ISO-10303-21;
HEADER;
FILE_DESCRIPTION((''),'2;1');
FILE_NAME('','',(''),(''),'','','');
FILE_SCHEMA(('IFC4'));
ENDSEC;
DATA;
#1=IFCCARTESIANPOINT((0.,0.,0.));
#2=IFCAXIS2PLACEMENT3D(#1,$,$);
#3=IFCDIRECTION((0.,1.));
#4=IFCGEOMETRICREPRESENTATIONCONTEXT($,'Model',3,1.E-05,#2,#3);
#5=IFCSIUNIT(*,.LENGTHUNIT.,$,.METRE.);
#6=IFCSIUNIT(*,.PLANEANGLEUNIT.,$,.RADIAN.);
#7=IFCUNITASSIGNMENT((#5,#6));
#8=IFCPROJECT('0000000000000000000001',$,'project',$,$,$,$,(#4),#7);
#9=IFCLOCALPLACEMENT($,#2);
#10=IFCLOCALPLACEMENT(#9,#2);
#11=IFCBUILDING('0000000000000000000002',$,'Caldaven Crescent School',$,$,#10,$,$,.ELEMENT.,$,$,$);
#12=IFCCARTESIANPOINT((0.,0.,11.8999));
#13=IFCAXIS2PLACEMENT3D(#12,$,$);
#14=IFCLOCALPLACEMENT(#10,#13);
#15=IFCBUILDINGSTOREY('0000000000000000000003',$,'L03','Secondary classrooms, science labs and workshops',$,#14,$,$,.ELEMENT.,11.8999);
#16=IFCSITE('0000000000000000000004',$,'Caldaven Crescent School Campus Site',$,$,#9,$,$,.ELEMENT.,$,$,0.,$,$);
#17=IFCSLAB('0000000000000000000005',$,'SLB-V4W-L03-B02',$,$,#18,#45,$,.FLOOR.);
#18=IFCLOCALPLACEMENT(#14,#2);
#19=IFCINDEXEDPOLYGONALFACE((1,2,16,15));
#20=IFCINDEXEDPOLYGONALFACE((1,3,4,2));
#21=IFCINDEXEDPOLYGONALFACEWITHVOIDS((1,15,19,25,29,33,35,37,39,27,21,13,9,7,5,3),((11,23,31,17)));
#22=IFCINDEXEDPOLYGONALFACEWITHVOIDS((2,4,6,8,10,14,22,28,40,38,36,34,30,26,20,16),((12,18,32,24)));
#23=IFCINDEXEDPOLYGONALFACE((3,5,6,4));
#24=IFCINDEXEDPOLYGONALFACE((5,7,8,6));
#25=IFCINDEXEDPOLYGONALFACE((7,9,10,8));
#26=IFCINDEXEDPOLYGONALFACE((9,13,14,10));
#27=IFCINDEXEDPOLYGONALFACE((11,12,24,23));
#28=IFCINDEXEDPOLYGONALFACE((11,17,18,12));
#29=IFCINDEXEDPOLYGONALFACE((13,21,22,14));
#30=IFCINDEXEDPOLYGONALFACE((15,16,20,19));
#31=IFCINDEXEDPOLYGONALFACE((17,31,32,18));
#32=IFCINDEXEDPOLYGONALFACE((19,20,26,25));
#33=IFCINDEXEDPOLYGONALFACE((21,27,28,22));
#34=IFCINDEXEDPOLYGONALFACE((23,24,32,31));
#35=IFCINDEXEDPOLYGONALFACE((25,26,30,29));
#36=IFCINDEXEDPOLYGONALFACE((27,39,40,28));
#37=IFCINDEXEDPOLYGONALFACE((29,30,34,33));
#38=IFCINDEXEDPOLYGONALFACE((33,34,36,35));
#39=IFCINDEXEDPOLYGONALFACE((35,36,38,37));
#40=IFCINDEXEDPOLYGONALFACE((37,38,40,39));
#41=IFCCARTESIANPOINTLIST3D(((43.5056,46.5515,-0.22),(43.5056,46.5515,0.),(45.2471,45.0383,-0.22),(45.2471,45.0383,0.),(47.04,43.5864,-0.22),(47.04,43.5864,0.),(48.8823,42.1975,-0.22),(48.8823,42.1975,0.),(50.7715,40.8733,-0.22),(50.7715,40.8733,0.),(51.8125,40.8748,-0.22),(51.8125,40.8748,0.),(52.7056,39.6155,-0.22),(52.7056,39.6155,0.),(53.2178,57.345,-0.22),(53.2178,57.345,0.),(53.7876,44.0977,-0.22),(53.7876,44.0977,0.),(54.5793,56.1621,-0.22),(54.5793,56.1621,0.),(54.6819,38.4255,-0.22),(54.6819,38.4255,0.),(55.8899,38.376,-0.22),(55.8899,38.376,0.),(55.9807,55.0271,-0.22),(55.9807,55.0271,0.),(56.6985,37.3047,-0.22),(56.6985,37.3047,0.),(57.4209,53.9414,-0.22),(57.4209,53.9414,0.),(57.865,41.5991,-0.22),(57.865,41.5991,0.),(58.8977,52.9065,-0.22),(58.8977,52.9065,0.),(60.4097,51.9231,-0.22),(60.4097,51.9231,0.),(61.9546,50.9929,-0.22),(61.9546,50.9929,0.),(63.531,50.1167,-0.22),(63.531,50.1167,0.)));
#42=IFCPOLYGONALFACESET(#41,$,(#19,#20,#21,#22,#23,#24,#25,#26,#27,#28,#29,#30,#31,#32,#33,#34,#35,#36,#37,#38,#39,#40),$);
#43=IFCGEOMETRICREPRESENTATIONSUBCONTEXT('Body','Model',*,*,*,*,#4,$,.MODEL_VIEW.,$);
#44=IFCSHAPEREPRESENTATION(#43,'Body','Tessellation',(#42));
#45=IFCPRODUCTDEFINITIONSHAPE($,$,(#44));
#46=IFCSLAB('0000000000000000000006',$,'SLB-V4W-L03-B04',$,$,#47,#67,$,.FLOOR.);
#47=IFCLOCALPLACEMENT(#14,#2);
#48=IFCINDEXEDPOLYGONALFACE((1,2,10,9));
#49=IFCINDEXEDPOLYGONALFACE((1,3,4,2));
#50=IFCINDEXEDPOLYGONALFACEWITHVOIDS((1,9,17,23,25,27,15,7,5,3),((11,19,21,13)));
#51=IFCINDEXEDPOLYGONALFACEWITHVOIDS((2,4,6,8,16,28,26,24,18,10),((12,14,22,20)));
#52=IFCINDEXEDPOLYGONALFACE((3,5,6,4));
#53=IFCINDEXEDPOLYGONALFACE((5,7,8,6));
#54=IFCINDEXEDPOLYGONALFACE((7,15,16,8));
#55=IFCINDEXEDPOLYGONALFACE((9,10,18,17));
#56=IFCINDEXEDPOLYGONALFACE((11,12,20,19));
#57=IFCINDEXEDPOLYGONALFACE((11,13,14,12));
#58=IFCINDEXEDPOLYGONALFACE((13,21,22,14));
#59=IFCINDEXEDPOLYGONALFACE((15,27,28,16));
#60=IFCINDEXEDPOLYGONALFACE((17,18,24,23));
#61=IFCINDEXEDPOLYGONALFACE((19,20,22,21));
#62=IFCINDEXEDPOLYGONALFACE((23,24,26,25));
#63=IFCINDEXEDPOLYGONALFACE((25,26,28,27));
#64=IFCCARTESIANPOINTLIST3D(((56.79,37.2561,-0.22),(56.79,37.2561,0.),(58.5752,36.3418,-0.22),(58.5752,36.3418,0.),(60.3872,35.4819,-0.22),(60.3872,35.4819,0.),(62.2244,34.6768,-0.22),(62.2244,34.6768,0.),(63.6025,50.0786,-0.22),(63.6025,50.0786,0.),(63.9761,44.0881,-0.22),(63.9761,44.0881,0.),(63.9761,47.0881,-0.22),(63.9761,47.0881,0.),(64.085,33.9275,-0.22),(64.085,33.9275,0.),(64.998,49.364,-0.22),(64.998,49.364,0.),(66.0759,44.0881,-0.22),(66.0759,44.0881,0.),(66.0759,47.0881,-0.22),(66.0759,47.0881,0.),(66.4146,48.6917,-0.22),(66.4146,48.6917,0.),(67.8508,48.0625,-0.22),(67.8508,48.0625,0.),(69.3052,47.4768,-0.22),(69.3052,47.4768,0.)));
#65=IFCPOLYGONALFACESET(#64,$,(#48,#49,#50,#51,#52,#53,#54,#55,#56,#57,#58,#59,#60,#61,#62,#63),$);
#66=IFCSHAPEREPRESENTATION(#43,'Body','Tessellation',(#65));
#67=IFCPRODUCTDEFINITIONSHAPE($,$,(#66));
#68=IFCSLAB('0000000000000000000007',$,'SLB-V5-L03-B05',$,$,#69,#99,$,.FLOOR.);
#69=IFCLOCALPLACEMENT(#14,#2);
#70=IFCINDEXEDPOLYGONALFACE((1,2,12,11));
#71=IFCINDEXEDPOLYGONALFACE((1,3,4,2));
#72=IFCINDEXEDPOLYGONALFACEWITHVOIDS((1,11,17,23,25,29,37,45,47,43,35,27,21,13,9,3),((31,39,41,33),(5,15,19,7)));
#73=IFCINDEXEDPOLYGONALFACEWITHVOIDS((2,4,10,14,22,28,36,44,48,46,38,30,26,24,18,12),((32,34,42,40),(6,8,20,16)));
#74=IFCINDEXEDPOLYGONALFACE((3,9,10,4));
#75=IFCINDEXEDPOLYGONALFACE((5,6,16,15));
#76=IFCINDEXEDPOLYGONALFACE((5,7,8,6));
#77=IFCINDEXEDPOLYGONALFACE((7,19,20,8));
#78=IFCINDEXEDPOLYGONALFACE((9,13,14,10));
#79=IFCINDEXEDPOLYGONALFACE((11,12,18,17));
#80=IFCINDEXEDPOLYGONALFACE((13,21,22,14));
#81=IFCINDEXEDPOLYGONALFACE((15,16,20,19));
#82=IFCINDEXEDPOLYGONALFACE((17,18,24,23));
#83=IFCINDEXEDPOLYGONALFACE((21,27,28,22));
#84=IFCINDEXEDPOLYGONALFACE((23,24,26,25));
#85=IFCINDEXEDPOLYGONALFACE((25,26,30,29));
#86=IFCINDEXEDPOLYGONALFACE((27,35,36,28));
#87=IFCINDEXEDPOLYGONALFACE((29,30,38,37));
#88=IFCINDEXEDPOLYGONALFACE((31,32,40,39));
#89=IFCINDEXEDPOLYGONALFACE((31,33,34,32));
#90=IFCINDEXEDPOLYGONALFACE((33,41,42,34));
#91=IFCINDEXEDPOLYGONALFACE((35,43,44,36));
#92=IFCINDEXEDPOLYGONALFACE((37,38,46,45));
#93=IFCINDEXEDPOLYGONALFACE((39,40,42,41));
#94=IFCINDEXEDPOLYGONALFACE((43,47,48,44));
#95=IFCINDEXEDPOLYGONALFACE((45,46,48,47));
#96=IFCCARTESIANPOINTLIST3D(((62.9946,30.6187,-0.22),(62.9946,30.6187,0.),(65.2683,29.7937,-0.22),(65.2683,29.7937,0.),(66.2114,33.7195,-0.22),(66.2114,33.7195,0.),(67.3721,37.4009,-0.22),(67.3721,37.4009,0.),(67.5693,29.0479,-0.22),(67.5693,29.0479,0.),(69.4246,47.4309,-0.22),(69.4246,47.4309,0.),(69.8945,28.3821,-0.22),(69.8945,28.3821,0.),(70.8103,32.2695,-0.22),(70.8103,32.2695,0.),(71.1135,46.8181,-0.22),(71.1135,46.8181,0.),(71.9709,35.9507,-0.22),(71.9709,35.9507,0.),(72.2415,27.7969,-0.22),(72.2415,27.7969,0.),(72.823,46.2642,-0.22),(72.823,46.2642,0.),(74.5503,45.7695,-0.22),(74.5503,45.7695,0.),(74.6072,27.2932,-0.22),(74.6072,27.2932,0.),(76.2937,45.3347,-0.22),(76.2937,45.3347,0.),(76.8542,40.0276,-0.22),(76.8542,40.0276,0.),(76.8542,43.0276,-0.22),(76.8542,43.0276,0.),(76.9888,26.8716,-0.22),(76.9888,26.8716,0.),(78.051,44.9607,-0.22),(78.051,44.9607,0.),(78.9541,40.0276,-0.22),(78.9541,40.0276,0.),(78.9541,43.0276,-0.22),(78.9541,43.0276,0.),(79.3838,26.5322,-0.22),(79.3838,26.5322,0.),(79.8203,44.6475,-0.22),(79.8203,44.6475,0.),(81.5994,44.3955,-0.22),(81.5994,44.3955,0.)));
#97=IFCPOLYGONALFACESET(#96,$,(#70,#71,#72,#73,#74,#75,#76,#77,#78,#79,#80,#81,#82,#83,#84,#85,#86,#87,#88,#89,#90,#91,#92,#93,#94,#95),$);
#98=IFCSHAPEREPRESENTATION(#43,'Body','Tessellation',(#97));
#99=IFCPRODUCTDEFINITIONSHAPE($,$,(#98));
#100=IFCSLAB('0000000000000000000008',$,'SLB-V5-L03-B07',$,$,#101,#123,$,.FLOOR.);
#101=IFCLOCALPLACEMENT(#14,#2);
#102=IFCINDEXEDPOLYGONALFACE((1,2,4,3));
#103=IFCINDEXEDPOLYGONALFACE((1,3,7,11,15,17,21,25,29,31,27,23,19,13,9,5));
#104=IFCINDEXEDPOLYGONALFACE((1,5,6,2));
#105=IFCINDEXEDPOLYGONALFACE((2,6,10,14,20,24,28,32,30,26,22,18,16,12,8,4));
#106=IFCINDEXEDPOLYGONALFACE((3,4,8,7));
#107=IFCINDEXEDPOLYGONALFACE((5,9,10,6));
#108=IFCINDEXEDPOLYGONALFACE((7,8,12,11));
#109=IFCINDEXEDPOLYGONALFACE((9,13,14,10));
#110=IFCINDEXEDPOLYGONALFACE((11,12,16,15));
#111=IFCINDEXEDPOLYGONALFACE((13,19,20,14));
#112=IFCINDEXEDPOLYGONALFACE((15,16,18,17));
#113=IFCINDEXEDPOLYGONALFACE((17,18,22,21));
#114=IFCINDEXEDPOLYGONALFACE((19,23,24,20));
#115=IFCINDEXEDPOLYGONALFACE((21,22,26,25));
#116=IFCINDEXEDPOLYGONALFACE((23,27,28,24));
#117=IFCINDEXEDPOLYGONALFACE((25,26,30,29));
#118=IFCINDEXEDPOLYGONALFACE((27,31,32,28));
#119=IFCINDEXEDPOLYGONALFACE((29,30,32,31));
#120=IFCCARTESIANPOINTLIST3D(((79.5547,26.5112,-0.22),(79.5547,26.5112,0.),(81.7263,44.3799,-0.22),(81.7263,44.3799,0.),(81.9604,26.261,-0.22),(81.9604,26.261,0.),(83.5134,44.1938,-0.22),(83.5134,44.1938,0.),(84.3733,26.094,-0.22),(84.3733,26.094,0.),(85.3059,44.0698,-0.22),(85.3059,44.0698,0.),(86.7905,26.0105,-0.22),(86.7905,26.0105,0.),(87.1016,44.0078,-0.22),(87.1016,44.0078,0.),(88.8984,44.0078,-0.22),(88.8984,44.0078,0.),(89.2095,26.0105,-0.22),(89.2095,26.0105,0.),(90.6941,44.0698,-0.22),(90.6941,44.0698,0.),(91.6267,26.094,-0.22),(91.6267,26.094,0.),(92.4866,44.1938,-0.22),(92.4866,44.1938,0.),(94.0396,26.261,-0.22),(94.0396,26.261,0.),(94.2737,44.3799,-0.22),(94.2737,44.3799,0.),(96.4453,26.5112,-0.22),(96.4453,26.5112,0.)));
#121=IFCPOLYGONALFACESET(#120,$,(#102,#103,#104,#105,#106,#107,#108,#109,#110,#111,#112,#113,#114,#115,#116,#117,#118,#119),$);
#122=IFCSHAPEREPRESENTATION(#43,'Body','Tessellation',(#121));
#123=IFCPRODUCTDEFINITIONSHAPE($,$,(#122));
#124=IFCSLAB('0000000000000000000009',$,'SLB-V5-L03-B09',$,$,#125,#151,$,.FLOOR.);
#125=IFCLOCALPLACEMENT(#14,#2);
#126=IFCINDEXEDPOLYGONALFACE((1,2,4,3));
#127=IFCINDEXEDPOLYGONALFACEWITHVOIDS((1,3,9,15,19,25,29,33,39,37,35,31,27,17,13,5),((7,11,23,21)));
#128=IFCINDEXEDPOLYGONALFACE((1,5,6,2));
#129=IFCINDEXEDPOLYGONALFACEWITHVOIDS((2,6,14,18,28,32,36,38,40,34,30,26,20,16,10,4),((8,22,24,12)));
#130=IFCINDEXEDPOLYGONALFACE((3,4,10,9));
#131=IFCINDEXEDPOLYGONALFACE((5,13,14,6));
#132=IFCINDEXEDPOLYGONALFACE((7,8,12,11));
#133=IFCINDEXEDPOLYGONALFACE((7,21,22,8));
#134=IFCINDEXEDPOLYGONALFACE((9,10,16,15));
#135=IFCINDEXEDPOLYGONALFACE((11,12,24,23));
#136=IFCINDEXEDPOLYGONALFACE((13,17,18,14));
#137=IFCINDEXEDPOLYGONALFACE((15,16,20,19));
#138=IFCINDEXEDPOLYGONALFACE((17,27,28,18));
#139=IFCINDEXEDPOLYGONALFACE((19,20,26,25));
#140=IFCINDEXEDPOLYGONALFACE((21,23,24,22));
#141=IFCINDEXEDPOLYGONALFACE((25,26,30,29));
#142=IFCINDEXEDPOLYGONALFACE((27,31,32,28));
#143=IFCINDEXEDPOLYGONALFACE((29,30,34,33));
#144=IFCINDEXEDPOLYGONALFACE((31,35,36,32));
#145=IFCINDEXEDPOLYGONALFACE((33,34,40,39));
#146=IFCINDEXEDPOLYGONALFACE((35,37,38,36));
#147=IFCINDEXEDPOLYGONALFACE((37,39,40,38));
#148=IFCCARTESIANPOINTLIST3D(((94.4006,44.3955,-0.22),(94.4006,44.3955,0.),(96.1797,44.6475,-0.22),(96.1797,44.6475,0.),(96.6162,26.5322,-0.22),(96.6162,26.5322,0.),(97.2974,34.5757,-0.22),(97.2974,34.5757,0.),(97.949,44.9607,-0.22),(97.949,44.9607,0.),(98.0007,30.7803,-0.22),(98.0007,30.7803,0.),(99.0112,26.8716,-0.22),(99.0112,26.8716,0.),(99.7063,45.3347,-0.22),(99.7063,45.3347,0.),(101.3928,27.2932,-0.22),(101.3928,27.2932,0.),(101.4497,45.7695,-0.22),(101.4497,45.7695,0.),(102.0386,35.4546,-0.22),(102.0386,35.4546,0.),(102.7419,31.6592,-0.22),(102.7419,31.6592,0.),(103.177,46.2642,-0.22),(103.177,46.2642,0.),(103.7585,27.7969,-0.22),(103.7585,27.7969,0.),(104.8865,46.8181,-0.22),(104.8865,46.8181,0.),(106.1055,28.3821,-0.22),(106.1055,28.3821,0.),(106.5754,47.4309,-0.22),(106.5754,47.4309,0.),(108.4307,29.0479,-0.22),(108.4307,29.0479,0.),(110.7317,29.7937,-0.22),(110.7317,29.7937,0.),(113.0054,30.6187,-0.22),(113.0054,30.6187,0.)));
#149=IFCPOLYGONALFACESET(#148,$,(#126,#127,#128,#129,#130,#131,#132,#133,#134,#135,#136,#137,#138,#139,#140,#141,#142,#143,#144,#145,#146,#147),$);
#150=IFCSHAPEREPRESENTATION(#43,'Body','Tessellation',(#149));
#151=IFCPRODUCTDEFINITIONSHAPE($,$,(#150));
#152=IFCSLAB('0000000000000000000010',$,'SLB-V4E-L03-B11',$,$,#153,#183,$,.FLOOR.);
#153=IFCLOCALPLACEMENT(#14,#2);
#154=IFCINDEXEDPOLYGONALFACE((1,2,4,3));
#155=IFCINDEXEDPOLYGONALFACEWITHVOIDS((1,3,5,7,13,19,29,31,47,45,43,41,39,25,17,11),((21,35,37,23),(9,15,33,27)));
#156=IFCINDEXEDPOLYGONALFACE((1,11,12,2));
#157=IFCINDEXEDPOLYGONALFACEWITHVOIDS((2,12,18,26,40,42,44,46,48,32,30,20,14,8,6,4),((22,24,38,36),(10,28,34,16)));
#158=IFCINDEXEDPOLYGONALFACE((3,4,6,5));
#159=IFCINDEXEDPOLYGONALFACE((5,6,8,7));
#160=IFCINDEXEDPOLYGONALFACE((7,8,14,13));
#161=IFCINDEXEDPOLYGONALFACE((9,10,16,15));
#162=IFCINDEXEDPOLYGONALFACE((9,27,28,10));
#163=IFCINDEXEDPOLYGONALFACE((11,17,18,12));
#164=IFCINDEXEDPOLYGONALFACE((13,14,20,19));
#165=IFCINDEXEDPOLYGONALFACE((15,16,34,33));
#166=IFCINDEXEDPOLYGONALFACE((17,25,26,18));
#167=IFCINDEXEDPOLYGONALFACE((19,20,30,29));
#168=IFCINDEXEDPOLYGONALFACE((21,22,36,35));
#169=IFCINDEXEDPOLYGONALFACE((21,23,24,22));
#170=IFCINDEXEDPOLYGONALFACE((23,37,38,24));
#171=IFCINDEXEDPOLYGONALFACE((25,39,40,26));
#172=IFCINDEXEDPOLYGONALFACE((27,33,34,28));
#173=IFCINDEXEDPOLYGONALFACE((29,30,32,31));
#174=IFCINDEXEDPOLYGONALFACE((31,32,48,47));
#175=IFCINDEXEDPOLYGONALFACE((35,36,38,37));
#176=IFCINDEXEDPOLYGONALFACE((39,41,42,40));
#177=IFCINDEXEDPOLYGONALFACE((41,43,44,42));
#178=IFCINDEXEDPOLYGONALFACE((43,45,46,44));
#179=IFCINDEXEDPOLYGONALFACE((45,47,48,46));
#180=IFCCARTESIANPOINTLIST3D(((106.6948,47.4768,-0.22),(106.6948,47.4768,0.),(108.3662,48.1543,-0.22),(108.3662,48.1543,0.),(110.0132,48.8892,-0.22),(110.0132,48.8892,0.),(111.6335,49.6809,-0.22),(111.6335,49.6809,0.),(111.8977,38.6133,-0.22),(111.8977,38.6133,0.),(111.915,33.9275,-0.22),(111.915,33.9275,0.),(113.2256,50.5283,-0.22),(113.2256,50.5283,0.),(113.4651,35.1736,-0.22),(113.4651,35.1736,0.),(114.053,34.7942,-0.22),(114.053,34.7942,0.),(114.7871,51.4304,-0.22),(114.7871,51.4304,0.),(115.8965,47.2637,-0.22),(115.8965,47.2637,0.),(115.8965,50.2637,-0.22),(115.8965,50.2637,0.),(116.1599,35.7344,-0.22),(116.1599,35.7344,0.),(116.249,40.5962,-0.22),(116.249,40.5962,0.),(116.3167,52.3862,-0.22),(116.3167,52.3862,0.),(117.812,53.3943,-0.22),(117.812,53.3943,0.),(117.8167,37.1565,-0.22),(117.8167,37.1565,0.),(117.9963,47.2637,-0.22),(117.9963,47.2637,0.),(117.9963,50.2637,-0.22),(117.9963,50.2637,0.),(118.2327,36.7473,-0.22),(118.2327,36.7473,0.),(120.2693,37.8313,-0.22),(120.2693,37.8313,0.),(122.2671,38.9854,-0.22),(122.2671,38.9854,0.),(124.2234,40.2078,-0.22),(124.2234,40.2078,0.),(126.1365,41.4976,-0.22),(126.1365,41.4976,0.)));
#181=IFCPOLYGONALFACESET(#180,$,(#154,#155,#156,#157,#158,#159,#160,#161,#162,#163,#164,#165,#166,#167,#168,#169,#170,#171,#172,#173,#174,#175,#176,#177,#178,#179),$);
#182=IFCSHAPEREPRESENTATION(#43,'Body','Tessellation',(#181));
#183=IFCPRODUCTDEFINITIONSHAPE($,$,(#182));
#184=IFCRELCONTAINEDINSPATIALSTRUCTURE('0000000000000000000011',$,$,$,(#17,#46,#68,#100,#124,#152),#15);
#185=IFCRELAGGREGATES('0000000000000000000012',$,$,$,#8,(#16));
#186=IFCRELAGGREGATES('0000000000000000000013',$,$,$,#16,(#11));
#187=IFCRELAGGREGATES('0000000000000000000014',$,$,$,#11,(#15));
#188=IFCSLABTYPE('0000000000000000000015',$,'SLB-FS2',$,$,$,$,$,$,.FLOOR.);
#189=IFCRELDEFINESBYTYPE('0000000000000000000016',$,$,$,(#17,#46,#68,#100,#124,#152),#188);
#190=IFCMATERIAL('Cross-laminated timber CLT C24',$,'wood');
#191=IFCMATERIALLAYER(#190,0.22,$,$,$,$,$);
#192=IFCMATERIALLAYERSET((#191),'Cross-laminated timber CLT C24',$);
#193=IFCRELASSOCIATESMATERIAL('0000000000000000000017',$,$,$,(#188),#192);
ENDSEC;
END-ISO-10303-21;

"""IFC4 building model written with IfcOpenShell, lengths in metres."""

from ifc_helpers import new_model, si_unit, direction, frame, origin, place, context, subcontext, project, spatial, polyline, outline, extrude, material, layer, layer_set, type_object, element, save


model = new_model("IFC4")

# Units and contexts
model_context = context("Model", 3, precision=1e-05, world=origin(), true_north=direction((0.0, 1.0)))
body_context = subcontext(model_context, "Body", "Model", "MODEL_VIEW")
ifc_project = project(units=[si_unit("LENGTHUNIT", "METRE"), si_unit("PLANEANGLEUNIT", "RADIAN")], contexts=[model_context])

# Site, building, storey
site_placement = place(None, origin())
site = spatial("IfcSite", under=ifc_project, at=site_placement, Name="Caldaven Crescent School Campus Site", CompositionType="ELEMENT", RefElevation=0.0)
building_placement = place(site_placement, origin())
building = spatial("IfcBuilding", under=site, at=building_placement, Name="Caldaven Crescent School", CompositionType="ELEMENT")
storey_placement = place(building_placement, frame((0.0, 0.0, 11.8999)))
storey = spatial("IfcBuildingStorey", under=building, at=storey_placement, Name="L03", Description="Secondary classrooms, science labs and workshops", CompositionType="ELEMENT", Elevation=11.8999)

# Slabs
ifc_material_1 = material(Name="Cross-laminated timber CLT C24", Category="wood")
ifc_layer_1 = layer(ifc_material_1, 0.22)
ifc_layer_set_1 = layer_set([ifc_layer_1], Name="Cross-laminated timber CLT C24")
slab_type_1 = type_object("IfcSlabType", Name="SLB-FS2", PredefinedType="FLOOR", material=ifc_layer_set_1)
slab_1_placement = place(storey_placement, frame((0.0, 0.0, -0.22)))
element("IfcSlab", 1, at=slab_1_placement, inside=storey, type_object=slab_type_1, Name="SLB-V4W-L03-B02", PredefinedType="FLOOR", context=body_context, shape_type="SweptSolid", body=[
    extrude(outline(polyline([(43.5056, 46.5515), (45.2471, 45.0383), (47.04, 43.5864), (48.8823, 42.1975), (50.7715, 40.8733), (52.7056, 39.6155), (54.6819, 38.4255), (56.6985, 37.3047), (63.531, 50.1167), (61.9546, 50.9929), (60.4097, 51.9231), (58.8977, 52.9065), (57.4209, 53.9414), (55.9807, 55.0271), (54.5793, 56.1621), (53.2178, 57.345), (43.5056, 46.5515)]), holes=[polyline([(51.8125, 40.8748), (53.7876, 44.0977), (57.865, 41.5991), (55.8899, 38.376), (51.8125, 40.8748)])]), origin(), (0.0, 0.0, 1.0), 0.22),
])
slab_2_placement = place(storey_placement, frame((0.0, 0.0, -0.22)))
element("IfcSlab", 2, at=slab_2_placement, inside=storey, type_object=slab_type_1, Name="SLB-V4W-L03-B04", PredefinedType="FLOOR", context=body_context, shape_type="SweptSolid", body=[
    extrude(outline(polyline([(56.79, 37.2561), (58.5752, 36.3418), (60.3872, 35.4819), (62.2244, 34.6768), (64.085, 33.9275), (69.3052, 47.4768), (67.8508, 48.0625), (66.4146, 48.6917), (64.998, 49.364), (63.6025, 50.0786), (56.79, 37.2561)]), holes=[polyline([(63.9761, 44.0881), (63.9761, 47.0881), (66.0759, 47.0881), (66.0759, 44.0881), (63.9761, 44.0881)])]), origin(), (0.0, 0.0, 1.0), 0.22),
])
slab_3_placement = place(storey_placement, frame((0.0, 0.0, -0.22)))
element("IfcSlab", 3, at=slab_3_placement, inside=storey, type_object=slab_type_1, Name="SLB-V5-L03-B05", PredefinedType="FLOOR", context=body_context, shape_type="SweptSolid", body=[
    extrude(outline(polyline([(62.9946, 30.6187), (65.2683, 29.7937), (67.5693, 29.0479), (69.8945, 28.3821), (72.2415, 27.7969), (74.6072, 27.2932), (76.9888, 26.8716), (79.3838, 26.5322), (81.5994, 44.3955), (79.8203, 44.6475), (78.051, 44.9607), (76.2937, 45.3347), (74.5503, 45.7695), (72.823, 46.2642), (71.1135, 46.8181), (69.4246, 47.4309), (62.9946, 30.6187)]), holes=[polyline([(76.8542, 40.0276), (76.8542, 43.0276), (78.9541, 43.0276), (78.9541, 40.0276), (76.8542, 40.0276)]), polyline([(66.2114, 33.7195), (67.3721, 37.4009), (71.9709, 35.9507), (70.8103, 32.2695), (66.2114, 33.7195)])]), origin(), (0.0, 0.0, 1.0), 0.22),
])
slab_4_placement = place(storey_placement, frame((0.0, 0.0, -0.22)))
element("IfcSlab", 4, at=slab_4_placement, inside=storey, type_object=slab_type_1, Name="SLB-V5-L03-B07", PredefinedType="FLOOR", context=body_context, shape_type="SweptSolid", body=[
    extrude(outline(polyline([(79.5547, 26.5112), (81.9604, 26.261), (84.3733, 26.094), (86.7905, 26.0105), (89.2095, 26.0105), (91.6267, 26.094), (94.0396, 26.261), (96.4453, 26.5112), (94.2737, 44.3799), (92.4866, 44.1938), (90.6941, 44.0698), (88.8984, 44.0078), (87.1016, 44.0078), (85.3059, 44.0698), (83.5134, 44.1938), (81.7263, 44.3799), (79.5547, 26.5112)])), origin(), (0.0, 0.0, 1.0), 0.22),
])
slab_5_placement = place(storey_placement, frame((0.0, 0.0, -0.22)))
element("IfcSlab", 5, at=slab_5_placement, inside=storey, type_object=slab_type_1, Name="SLB-V5-L03-B09", PredefinedType="FLOOR", context=body_context, shape_type="SweptSolid", body=[
    extrude(outline(polyline([(96.6162, 26.5322), (99.0112, 26.8716), (101.3928, 27.2932), (103.7585, 27.7969), (106.1055, 28.3821), (108.4307, 29.0479), (110.7317, 29.7937), (113.0054, 30.6187), (106.5754, 47.4309), (104.8865, 46.8181), (103.177, 46.2642), (101.4497, 45.7695), (99.7063, 45.3347), (97.949, 44.9607), (96.1797, 44.6475), (94.4006, 44.3955), (96.6162, 26.5322)]), holes=[polyline([(98.0007, 30.7803), (97.2974, 34.5757), (102.0386, 35.4546), (102.7419, 31.6592), (98.0007, 30.7803)])]), origin(), (0.0, 0.0, 1.0), 0.22),
])
slab_6_placement = place(storey_placement, frame((0.0, 0.0, -0.22)))
element("IfcSlab", 6, at=slab_6_placement, inside=storey, type_object=slab_type_1, Name="SLB-V4E-L03-B11", PredefinedType="FLOOR", context=body_context, shape_type="SweptSolid", body=[
    extrude(outline(polyline([(111.915, 33.9275), (114.053, 34.7942), (116.1599, 35.7344), (118.2327, 36.7473), (120.2693, 37.8313), (122.2671, 38.9854), (124.2234, 40.2078), (126.1365, 41.4976), (117.812, 53.3943), (116.3167, 52.3862), (114.7871, 51.4304), (113.2256, 50.5283), (111.6335, 49.6809), (110.0132, 48.8892), (108.3662, 48.1543), (106.6948, 47.4768), (111.915, 33.9275)]), holes=[polyline([(115.8965, 47.2637), (115.8965, 50.2637), (117.9963, 50.2637), (117.9963, 47.2637), (115.8965, 47.2637)]), polyline([(113.4651, 35.1736), (111.8977, 38.6133), (116.249, 40.5962), (117.8167, 37.1565), (113.4651, 35.1736)])]), origin(), (0.0, 0.0, 1.0), 0.22),
])

save(model, "model.ifc")
